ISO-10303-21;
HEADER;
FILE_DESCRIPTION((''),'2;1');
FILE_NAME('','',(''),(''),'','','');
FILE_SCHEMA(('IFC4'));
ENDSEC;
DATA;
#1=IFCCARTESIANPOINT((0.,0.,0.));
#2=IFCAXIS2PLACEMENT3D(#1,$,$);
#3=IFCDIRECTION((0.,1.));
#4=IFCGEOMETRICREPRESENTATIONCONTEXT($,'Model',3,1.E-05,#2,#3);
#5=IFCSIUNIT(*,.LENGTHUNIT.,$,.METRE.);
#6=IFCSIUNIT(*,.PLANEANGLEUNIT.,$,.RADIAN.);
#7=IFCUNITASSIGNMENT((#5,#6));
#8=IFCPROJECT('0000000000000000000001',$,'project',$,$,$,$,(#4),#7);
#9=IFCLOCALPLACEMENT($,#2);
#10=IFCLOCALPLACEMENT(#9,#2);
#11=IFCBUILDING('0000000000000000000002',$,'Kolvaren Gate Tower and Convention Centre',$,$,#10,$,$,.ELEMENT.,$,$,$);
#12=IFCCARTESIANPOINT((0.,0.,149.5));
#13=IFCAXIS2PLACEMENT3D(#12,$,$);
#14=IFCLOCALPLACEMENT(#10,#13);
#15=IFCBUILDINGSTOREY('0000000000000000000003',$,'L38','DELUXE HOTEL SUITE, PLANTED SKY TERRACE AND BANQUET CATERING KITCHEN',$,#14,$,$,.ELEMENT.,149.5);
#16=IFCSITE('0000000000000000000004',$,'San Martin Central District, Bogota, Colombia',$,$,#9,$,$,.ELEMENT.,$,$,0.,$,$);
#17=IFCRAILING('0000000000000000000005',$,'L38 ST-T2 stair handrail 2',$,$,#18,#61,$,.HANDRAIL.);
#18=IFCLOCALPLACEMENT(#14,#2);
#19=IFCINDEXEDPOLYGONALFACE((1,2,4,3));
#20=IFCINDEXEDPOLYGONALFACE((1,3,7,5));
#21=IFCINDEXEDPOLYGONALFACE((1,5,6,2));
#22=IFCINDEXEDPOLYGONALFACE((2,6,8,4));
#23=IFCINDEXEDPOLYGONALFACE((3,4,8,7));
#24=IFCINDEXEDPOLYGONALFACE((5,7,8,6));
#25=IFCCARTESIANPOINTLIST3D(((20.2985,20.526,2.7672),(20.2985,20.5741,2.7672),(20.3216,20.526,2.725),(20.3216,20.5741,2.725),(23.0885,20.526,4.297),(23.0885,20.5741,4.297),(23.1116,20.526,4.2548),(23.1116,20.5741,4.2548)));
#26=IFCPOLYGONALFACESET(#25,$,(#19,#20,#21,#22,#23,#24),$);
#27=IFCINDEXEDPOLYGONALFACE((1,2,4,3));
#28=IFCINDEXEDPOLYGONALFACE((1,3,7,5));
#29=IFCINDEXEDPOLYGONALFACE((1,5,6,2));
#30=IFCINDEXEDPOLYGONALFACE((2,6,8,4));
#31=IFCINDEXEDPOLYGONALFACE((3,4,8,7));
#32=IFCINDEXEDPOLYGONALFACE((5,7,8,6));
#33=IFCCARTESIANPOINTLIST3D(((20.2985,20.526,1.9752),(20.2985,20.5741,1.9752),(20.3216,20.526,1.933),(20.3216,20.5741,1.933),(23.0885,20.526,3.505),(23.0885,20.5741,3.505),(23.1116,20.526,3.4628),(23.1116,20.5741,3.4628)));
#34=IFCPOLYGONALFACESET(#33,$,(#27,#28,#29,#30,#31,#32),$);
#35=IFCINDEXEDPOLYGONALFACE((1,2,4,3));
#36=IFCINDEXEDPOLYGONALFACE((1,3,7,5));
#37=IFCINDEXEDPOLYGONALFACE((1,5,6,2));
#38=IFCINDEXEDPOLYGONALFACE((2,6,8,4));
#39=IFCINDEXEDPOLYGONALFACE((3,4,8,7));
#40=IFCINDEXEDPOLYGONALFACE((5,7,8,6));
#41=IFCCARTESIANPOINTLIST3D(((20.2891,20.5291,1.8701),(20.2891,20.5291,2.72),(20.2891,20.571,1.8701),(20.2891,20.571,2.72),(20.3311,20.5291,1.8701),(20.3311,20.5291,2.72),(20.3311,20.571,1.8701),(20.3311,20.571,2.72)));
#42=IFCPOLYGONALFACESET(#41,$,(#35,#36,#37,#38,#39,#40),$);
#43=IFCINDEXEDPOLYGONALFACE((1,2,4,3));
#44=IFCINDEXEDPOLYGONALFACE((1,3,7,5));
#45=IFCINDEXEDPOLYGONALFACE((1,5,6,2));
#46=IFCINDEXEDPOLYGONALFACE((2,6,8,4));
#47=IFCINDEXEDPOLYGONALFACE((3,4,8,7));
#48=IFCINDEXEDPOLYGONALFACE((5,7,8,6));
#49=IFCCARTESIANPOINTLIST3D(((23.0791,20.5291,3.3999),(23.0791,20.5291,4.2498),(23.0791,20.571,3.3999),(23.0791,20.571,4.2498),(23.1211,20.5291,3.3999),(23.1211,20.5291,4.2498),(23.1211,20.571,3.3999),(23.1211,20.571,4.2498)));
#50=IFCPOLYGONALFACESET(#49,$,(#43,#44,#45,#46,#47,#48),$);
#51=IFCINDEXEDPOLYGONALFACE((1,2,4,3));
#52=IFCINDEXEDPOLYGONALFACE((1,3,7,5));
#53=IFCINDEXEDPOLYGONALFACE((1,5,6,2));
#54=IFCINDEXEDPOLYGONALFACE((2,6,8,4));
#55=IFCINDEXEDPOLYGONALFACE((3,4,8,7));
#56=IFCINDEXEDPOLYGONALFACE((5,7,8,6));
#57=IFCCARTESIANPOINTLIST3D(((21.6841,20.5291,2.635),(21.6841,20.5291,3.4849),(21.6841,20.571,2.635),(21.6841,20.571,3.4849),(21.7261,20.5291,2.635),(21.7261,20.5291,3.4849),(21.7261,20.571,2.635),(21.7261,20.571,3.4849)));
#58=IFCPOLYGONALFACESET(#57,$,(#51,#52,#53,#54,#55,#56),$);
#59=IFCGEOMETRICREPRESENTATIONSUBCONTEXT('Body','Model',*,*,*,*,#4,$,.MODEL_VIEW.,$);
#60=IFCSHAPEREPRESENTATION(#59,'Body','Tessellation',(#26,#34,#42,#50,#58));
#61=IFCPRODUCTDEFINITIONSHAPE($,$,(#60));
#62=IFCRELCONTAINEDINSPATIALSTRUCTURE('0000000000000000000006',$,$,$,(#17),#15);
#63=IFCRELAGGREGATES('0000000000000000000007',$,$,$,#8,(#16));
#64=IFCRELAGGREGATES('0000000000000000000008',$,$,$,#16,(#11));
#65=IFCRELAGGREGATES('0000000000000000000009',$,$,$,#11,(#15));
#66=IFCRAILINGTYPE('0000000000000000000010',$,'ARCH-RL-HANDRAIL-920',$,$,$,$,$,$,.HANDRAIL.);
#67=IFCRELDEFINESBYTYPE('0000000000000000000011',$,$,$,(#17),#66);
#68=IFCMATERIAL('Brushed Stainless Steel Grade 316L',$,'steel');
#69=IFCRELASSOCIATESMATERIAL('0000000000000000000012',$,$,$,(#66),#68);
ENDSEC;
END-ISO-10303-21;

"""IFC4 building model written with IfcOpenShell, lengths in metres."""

from ifc_helpers import new_model, si_unit, direction, frame, origin, origin_2d, place, context, subcontext, project, spatial, rectangle, extrude, material, type_object, element, save


model = new_model("IFC4")

# Units and contexts
model_context = context("Model", 3, precision=1e-05, world=origin(), true_north=direction((0.0, 1.0)))
body_context = subcontext(model_context, "Body", "Model", "MODEL_VIEW")
ifc_project = project(units=[si_unit("LENGTHUNIT", "METRE"), si_unit("PLANEANGLEUNIT", "RADIAN")], contexts=[model_context])

# Site, building, storey
site_placement = place(None, origin())
site = spatial("IfcSite", under=ifc_project, at=site_placement, Name="San Martin Central District, Bogota, Colombia", CompositionType="ELEMENT", RefElevation=0.0)
building_placement = place(site_placement, origin())
building = spatial("IfcBuilding", under=site, at=building_placement, Name="Kolvaren Gate Tower and Convention Centre", CompositionType="ELEMENT")
storey_placement = place(building_placement, frame((0.0, 0.0, 149.5)))
storey = spatial("IfcBuildingStorey", under=building, at=storey_placement, Name="L38", Description="DELUXE HOTEL SUITE, PLANTED SKY TERRACE AND BANQUET CATERING KITCHEN", CompositionType="ELEMENT", Elevation=149.5)

# Shared definitions
ifc_material_1 = material(Name="Brushed Stainless Steel Grade 316L", Category="steel")

# Railing
railing_type_1 = type_object("IfcRailingType", Name="ARCH-RL-HANDRAIL-920", PredefinedType="HANDRAIL", material=ifc_material_1)
railing_1_placement = place(storey_placement, frame((20.3101, 20.55, 1.8701)))
element("IfcRailing", 1, at=railing_1_placement, inside=storey, type_object=railing_type_1, Name="L38 ST-T2 stair handrail 2", PredefinedType="HANDRAIL", context=body_context, shape_type="SweptSolid", body=[
    extrude(rectangle(XDim=0.0481, YDim=0.0481, at=origin_2d()), frame((0.0, 0.0, 0.876), z_axis=(0.876844, 0.0, 0.480776), x_axis=(0.0, 1.0, 0.0)), (0.0, 0.0, 1.0), 3.1819),
    extrude(rectangle(XDim=0.0481, YDim=0.0481, at=origin_2d()), frame((0.0, 0.0, 0.084), z_axis=(0.876844, 0.0, 0.480776), x_axis=(0.0, 1.0, 0.0)), (0.0, 0.0, 1.0), 3.1819),
    extrude(rectangle(XDim=0.042, YDim=0.042, at=origin_2d()), origin(), (0.0, 0.0, 1.0), 0.8499),
    extrude(rectangle(XDim=0.042, YDim=0.042, at=origin_2d()), frame((2.79, 0.0, 1.5298)), (0.0, 0.0, 1.0), 0.8499),
    extrude(rectangle(XDim=0.042, YDim=0.042, at=origin_2d()), frame((1.395, 0.0, 0.7649)), (0.0, 0.0, 1.0), 0.8499),
])

save(model, "model.ifc")
